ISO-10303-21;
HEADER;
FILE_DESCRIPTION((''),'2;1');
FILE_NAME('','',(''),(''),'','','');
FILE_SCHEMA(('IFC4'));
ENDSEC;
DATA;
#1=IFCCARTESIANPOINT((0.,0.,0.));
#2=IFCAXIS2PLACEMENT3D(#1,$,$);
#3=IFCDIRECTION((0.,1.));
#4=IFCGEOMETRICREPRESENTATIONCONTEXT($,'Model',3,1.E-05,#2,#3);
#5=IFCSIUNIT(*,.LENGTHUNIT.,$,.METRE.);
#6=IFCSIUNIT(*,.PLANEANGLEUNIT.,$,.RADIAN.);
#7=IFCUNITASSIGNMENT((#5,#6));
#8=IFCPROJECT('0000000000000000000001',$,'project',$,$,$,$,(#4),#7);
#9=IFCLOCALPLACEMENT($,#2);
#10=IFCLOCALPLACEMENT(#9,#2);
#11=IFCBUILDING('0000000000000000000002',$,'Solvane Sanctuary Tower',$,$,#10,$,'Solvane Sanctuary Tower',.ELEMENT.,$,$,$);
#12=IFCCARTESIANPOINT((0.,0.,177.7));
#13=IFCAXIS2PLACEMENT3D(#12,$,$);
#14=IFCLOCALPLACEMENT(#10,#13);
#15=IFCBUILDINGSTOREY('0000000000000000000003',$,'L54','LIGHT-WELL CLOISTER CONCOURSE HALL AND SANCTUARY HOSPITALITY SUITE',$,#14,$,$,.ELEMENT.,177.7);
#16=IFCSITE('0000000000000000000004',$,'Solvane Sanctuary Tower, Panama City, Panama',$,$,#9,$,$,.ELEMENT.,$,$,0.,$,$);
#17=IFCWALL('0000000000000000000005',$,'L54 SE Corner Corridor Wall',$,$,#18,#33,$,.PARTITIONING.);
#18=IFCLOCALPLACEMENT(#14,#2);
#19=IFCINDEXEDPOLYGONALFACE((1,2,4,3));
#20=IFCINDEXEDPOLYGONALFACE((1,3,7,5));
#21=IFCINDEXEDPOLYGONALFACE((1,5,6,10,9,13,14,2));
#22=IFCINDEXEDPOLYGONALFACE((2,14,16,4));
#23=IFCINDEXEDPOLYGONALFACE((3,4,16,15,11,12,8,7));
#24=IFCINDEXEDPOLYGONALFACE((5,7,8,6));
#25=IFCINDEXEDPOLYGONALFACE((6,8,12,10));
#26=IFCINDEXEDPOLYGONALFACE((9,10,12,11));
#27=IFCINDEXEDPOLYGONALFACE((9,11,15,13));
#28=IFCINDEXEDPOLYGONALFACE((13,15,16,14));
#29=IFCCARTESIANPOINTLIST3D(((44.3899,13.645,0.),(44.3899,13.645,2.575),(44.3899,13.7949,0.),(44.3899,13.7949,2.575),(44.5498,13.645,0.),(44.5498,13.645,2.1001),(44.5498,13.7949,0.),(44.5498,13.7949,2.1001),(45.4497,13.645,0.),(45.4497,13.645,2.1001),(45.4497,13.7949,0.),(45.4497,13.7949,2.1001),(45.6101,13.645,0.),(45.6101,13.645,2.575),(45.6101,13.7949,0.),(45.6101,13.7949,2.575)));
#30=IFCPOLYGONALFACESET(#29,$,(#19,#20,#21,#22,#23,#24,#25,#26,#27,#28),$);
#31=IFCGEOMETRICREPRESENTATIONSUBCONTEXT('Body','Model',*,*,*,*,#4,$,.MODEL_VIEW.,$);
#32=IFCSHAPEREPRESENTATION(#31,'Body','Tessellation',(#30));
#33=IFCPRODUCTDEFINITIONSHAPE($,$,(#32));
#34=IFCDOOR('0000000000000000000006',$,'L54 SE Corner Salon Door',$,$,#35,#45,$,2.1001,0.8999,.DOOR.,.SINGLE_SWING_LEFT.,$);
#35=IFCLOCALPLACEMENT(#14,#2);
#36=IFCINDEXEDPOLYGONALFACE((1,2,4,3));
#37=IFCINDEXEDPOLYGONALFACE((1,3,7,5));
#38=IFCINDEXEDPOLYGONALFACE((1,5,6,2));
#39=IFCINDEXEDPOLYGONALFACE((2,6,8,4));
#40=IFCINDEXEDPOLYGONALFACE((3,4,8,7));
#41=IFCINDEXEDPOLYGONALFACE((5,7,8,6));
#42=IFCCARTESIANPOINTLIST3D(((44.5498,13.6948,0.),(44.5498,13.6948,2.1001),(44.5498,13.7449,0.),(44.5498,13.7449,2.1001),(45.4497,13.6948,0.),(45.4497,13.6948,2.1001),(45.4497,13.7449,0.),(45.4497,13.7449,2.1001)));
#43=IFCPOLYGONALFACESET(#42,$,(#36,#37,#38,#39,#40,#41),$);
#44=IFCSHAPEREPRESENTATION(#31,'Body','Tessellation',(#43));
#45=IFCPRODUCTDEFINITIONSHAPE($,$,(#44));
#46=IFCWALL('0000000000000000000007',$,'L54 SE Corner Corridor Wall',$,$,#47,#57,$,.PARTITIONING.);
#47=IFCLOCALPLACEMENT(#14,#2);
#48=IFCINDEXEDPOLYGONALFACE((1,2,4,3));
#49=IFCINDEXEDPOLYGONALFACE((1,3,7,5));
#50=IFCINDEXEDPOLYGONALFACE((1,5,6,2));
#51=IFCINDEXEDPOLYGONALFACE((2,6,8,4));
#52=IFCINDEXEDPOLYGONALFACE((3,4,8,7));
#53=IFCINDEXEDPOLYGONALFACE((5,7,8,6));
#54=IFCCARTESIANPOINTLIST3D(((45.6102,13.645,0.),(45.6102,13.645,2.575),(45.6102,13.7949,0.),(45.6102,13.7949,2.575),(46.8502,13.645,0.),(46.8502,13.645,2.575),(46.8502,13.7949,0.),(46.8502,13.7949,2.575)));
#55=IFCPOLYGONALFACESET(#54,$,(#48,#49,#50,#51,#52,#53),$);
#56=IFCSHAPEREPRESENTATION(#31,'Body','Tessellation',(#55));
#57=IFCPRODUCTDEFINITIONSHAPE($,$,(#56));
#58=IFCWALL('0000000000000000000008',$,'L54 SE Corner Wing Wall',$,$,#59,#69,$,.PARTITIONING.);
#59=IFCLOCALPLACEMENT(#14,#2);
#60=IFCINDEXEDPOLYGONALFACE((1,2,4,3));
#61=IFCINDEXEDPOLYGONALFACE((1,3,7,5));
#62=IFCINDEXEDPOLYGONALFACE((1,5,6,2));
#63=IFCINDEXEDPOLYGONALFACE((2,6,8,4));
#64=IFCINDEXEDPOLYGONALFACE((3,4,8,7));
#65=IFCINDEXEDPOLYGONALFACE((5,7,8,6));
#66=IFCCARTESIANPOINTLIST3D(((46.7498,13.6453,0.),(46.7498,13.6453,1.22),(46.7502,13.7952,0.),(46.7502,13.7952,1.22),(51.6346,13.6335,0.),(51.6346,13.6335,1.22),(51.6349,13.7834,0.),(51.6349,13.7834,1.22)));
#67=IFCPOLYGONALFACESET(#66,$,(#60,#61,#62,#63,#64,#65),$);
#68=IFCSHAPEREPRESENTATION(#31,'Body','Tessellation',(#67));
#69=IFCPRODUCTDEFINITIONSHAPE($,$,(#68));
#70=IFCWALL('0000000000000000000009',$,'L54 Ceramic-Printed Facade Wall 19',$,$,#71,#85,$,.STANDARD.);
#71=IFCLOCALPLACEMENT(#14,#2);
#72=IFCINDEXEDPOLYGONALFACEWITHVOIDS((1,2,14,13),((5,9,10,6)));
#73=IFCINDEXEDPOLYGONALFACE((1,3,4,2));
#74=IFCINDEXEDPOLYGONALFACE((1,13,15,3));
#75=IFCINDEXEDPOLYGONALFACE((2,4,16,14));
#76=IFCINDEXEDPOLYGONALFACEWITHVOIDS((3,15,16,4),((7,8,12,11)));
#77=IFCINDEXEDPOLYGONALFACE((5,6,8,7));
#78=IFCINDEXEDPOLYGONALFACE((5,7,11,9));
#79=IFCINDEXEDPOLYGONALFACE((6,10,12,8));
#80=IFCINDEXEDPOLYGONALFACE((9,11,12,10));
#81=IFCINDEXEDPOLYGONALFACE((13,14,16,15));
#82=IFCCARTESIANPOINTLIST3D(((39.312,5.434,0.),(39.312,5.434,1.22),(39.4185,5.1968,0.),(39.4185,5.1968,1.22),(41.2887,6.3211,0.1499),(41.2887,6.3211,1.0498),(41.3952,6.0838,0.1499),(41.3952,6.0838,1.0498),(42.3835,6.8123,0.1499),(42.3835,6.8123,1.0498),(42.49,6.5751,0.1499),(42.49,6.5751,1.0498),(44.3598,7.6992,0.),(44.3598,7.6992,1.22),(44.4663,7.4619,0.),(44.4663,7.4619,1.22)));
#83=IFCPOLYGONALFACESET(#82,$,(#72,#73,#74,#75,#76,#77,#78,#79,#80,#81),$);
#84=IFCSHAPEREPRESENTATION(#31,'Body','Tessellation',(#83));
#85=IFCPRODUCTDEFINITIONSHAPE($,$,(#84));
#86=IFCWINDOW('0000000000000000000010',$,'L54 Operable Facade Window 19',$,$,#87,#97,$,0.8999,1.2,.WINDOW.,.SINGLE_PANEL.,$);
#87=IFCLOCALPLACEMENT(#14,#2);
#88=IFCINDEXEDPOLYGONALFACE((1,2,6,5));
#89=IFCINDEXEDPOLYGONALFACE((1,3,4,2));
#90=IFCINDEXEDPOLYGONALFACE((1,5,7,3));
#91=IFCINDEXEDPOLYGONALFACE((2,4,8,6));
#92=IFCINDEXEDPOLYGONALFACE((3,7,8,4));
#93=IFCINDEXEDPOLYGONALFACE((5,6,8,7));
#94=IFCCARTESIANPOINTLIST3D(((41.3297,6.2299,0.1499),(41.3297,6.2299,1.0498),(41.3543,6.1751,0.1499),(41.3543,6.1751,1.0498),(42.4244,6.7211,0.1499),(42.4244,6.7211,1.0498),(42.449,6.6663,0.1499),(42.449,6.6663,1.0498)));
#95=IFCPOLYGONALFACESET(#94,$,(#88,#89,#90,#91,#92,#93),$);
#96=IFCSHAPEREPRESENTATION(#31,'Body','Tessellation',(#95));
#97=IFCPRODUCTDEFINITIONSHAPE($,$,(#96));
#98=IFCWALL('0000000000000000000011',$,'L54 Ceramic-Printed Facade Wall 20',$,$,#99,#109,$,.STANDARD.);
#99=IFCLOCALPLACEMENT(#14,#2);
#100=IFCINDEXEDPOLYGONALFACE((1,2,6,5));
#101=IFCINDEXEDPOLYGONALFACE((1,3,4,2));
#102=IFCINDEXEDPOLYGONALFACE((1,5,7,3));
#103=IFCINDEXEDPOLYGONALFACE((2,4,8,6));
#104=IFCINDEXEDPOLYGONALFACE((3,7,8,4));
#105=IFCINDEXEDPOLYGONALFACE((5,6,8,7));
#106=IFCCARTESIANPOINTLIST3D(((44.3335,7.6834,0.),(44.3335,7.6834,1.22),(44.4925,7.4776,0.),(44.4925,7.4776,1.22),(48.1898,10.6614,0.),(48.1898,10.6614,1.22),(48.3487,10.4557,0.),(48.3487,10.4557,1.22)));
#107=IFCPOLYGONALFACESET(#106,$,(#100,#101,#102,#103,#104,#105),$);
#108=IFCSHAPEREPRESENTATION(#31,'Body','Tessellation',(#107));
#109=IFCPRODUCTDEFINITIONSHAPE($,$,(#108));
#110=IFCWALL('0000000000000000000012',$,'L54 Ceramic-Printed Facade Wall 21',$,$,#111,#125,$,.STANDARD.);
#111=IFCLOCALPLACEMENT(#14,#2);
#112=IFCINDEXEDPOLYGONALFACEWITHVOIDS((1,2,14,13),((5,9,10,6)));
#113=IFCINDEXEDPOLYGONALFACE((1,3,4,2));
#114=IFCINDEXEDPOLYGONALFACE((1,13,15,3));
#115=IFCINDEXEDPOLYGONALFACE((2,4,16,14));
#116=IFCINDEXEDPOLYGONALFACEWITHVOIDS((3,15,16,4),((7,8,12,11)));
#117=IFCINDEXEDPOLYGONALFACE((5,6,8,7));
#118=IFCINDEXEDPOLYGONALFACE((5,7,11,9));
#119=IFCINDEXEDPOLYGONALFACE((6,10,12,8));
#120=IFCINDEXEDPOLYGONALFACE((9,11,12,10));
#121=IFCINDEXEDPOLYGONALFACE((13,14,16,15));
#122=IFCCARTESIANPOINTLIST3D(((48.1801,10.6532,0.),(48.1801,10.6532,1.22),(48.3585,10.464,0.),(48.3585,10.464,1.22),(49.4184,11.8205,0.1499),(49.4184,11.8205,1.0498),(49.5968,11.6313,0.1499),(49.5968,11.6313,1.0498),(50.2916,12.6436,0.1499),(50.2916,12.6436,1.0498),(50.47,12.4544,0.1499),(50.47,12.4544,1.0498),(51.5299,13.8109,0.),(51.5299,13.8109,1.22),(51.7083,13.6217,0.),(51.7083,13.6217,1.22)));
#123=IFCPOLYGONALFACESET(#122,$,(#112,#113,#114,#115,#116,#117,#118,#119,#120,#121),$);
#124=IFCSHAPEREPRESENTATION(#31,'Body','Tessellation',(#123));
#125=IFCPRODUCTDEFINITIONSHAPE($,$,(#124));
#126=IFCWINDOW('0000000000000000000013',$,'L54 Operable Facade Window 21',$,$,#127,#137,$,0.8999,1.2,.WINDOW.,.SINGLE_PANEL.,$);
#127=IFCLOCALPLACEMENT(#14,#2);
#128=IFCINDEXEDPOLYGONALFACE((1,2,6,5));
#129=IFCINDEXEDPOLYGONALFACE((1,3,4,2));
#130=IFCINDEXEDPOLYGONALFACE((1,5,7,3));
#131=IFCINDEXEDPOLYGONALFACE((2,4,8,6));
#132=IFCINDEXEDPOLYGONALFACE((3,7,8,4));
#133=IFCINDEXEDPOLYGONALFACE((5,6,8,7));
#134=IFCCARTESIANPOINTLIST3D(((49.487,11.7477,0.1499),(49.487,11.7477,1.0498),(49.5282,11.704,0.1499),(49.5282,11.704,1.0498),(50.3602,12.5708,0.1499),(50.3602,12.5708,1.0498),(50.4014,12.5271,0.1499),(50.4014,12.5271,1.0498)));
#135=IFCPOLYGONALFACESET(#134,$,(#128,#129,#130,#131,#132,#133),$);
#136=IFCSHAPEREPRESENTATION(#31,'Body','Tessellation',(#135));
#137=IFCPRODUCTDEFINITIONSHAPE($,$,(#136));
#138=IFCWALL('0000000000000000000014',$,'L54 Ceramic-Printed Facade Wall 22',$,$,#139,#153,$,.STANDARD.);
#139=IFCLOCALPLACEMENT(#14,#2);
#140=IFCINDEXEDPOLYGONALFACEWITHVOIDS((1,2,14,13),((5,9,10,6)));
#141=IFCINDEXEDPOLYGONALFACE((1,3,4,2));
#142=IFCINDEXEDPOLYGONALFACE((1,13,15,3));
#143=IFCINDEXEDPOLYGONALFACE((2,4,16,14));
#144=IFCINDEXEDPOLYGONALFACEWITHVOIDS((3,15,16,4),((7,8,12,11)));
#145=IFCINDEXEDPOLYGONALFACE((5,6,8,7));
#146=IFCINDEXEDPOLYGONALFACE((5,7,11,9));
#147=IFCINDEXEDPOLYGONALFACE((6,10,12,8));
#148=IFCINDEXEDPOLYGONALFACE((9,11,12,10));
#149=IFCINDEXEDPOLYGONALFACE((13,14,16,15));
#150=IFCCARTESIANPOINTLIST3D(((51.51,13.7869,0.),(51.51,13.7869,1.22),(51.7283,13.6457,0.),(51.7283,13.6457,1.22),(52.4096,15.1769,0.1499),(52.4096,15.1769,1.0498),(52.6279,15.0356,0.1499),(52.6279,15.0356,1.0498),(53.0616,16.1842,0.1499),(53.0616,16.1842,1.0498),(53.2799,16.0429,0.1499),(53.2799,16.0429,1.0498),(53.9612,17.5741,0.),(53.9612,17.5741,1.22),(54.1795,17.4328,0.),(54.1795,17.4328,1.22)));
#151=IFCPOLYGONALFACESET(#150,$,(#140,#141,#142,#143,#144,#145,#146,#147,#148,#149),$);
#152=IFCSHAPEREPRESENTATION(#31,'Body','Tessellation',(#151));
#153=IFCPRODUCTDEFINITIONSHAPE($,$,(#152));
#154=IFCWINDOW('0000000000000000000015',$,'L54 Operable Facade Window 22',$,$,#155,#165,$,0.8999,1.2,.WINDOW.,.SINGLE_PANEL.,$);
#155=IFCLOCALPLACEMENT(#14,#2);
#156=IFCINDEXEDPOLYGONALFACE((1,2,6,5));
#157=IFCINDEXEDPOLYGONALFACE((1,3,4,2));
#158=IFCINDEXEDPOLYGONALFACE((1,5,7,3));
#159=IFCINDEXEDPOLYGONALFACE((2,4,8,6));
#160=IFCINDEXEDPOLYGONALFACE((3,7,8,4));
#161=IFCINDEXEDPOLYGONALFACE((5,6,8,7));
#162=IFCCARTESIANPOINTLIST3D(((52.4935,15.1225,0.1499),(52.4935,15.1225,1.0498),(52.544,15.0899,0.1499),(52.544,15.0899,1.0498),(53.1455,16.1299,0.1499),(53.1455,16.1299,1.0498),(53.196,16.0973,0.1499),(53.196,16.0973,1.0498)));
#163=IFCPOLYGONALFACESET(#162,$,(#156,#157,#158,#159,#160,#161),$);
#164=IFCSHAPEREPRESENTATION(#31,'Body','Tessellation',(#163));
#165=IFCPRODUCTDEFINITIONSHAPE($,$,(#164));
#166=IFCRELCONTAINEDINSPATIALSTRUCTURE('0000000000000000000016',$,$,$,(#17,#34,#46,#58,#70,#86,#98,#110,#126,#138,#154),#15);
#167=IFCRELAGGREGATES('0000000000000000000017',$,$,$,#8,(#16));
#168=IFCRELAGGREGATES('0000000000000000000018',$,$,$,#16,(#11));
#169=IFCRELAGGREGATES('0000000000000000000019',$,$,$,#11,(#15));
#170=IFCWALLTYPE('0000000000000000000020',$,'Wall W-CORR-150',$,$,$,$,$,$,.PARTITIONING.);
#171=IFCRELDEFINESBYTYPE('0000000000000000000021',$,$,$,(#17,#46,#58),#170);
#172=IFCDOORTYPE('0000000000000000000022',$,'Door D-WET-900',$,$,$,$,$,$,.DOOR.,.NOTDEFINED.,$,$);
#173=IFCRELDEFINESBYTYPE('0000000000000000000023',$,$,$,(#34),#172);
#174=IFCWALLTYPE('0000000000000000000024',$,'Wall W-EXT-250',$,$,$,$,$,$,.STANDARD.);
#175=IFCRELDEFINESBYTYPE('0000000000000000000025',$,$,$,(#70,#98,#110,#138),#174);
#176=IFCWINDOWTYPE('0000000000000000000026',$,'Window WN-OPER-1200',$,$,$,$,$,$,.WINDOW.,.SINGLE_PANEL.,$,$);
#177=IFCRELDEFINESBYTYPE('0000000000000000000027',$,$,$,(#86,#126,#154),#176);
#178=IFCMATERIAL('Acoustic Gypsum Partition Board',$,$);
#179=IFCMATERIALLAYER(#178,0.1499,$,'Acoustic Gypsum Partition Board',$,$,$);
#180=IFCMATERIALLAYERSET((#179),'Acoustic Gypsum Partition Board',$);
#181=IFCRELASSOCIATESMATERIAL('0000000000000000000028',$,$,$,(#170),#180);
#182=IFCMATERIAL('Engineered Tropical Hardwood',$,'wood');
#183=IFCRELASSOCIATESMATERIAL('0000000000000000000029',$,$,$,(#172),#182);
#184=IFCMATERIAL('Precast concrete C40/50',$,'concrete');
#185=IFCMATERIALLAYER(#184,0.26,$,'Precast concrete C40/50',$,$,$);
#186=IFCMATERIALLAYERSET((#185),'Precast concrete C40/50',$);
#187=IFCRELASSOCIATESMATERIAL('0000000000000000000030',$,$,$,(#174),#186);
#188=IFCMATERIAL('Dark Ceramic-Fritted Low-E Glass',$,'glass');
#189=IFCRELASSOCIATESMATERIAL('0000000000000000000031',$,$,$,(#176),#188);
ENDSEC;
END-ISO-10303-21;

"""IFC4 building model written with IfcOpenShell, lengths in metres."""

from ifc_helpers import new_model, si_unit, direction, frame, frame_2d, origin, place, context, subcontext, project, spatial, rectangle, extrude, material, layer, layer_set, type_object, element, fill, save


model = new_model("IFC4")

# Units and contexts
model_context = context("Model", 3, precision=1e-05, world=origin(), true_north=direction((0.0, 1.0)))
body_context = subcontext(model_context, "Body", "Model", "MODEL_VIEW")
ifc_project = project(units=[si_unit("LENGTHUNIT", "METRE"), si_unit("PLANEANGLEUNIT", "RADIAN")], contexts=[model_context])

# Site, building, storey
site_placement = place(None, origin())
site = spatial("IfcSite", under=ifc_project, at=site_placement, Name="Solvane Sanctuary Tower, Panama City, Panama", CompositionType="ELEMENT", RefElevation=0.0)
building_placement = place(site_placement, origin())
building = spatial("IfcBuilding", under=site, at=building_placement, Name="Solvane Sanctuary Tower", LongName="Solvane Sanctuary Tower", CompositionType="ELEMENT")
storey_placement = place(building_placement, frame((0.0, 0.0, 177.7)))
storey = spatial("IfcBuildingStorey", under=building, at=storey_placement, Name="L54", Description="LIGHT-WELL CLOISTER CONCOURSE HALL AND SANCTUARY HOSPITALITY SUITE", CompositionType="ELEMENT", Elevation=177.7)

# Shared definitions
ifc_material_1 = material(Name="Acoustic Gypsum Partition Board")
ifc_layer_1 = layer(ifc_material_1, 0.1499, Name="Acoustic Gypsum Partition Board")
ifc_layer_set_1 = layer_set([ifc_layer_1], Name="Acoustic Gypsum Partition Board")
wall_type_1 = type_object("IfcWallType", Name="Wall W-CORR-150", PredefinedType="PARTITIONING", material=ifc_layer_set_1)

# Wall, opening, door
wall_1_placement = place(storey_placement, frame((44.3899, 13.72, 0.0), z_axis=(0.0, 0.0, 1.0), x_axis=(1.0, 0.0, 0.0)))
wall_1 = element("IfcWall", 1, at=wall_1_placement, inside=storey, type_object=wall_type_1, Name="L54 SE Corner Corridor Wall", PredefinedType="PARTITIONING", context=body_context, shape_type="SweptSolid", body=[
    extrude(rectangle(XDim=1.2202, YDim=0.1499, at=frame_2d((0.6101, 0.0))), origin(), (0.0, 0.0, 1.0), 2.575),
])
opening_1_placement = place(wall_1_placement, frame((0.1599, 0.0, 0.0)))
opening_1 = element("IfcOpeningElement", 2, at=opening_1_placement, cuts=wall_1, PredefinedType="OPENING", context=body_context, shape_type="SweptSolid", body=[
    extrude(rectangle(XDim=0.8999, YDim=2.1001, at=frame_2d((0.45, 1.05))), frame((0.0, 0.085, 0.0), z_axis=(0.0, -1.0, 0.0), x_axis=(1.0, 0.0, 0.0)), (0.0, 0.0, 1.0), 0.1699),
])
ifc_material_2 = material(Name="Engineered Tropical Hardwood", Category="wood")
door_type = type_object("IfcDoorType", Name="Door D-WET-900", OperationType="NOTDEFINED", PredefinedType="DOOR", material=ifc_material_2)
door_placement = place(opening_1_placement, origin())
door = element("IfcDoor", 3, at=door_placement, inside=storey, type_object=door_type, Name="L54 SE Corner Salon Door", OperationType="SINGLE_SWING_LEFT", OverallHeight=2.1001, OverallWidth=0.8999, PredefinedType="DOOR", context=body_context, shape_type="SweptSolid", body=[
    extrude(rectangle(XDim=0.8999, YDim=2.1001, at=frame_2d((0.45, 1.05))), frame((0.0, 0.0249, 0.0), z_axis=(0.0, -1.0, 0.0), x_axis=(1.0, 0.0, 0.0)), (0.0, 0.0, 1.0), 0.05),
])
fill(opening_1, door)

# Walls
wall_2_placement = place(storey_placement, frame((45.6101, 13.72, 0.0), z_axis=(0.0, 0.0, 1.0), x_axis=(1.0, 0.0, 0.0)))
element("IfcWall", 4, at=wall_2_placement, inside=storey, type_object=wall_type_1, Name="L54 SE Corner Corridor Wall", PredefinedType="PARTITIONING", context=body_context, shape_type="SweptSolid", body=[
    extrude(rectangle(XDim=1.24, YDim=0.1499, at=frame_2d((0.6201, 0.0))), origin(), (0.0, 0.0, 1.0), 2.575),
])
wall_3_placement = place(storey_placement, frame((46.75, 13.7202, 0.0), z_axis=(0.0, 0.0, 1.0), x_axis=(0.999997, -0.002399, 0.0)))
element("IfcWall", 5, at=wall_3_placement, inside=storey, type_object=wall_type_1, Name="L54 SE Corner Wing Wall", PredefinedType="PARTITIONING", context=body_context, shape_type="SweptSolid", body=[
    extrude(rectangle(XDim=4.8848, YDim=0.1499, at=frame_2d((2.4424, 0.0))), origin(), (0.0, 0.0, 1.0), 1.22),
])

# Wall, opening, window
ifc_material_3 = material(Name="Precast concrete C40/50", Category="concrete")
ifc_layer_2 = layer(ifc_material_3, 0.26, Name="Precast concrete C40/50")
ifc_layer_set_2 = layer_set([ifc_layer_2], Name="Precast concrete C40/50")
wall_type_2 = type_object("IfcWallType", Name="Wall W-EXT-250", PredefinedType="STANDARD", material=ifc_layer_set_2)
wall_4_placement = place(storey_placement, frame((39.3652, 5.3154, 0.0), z_axis=(0.0, 0.0, 1.0), x_axis=(0.912354, 0.409403, 0.0)))
wall_4 = element("IfcWall", 6, at=wall_4_placement, inside=storey, type_object=wall_type_2, Name="L54 Ceramic-Printed Facade Wall 19", PredefinedType="STANDARD", context=body_context, shape_type="SweptSolid", body=[
    extrude(rectangle(XDim=5.5327, YDim=0.26, at=frame_2d((2.7664, 0.0))), origin(), (0.0, 0.0, 1.0), 1.22),
])
opening_2_placement = place(wall_4_placement, frame((2.1665, 0.0, 0.1499)))
opening_2 = element("IfcOpeningElement", 7, at=opening_2_placement, cuts=wall_4, PredefinedType="OPENING", context=body_context, shape_type="SweptSolid", body=[
    extrude(rectangle(XDim=1.2, YDim=0.8999, at=frame_2d((0.6001, 0.45))), frame((0.0, 0.1399, 0.0), z_axis=(0.0, -1.0, 0.0), x_axis=(1.0, 0.0, 0.0)), (0.0, 0.0, 1.0), 0.28),
])
ifc_material_4 = material(Name="Dark Ceramic-Fritted Low-E Glass", Category="glass")
window_type = type_object("IfcWindowType", Name="Window WN-OPER-1200", PartitioningType="SINGLE_PANEL", PredefinedType="WINDOW", material=ifc_material_4)
window_1_placement = place(opening_2_placement, origin())
window_1 = element("IfcWindow", 8, at=window_1_placement, inside=storey, type_object=window_type, Name="L54 Operable Facade Window 19", OverallHeight=0.8999, OverallWidth=1.2, PartitioningType="SINGLE_PANEL", PredefinedType="WINDOW", context=body_context, shape_type="SweptSolid", body=[
    extrude(rectangle(XDim=1.2, YDim=0.8999, at=frame_2d((0.6001, 0.45))), frame((0.0, 0.03, 0.0), z_axis=(0.0, -1.0, 0.0), x_axis=(1.0, 0.0, 0.0)), (0.0, 0.0, 1.0), 0.0601),
])
fill(opening_2, window_1)

# Wall
wall_5_placement = place(storey_placement, frame((44.4131, 7.5806, 0.0), z_axis=(0.0, 0.0, 1.0), x_axis=(0.79146, 0.611221, 0.0)))
element("IfcWall", 9, at=wall_5_placement, inside=storey, type_object=wall_type_2, Name="L54 Ceramic-Printed Facade Wall 20", PredefinedType="STANDARD", context=body_context, shape_type="SweptSolid", body=[
    extrude(rectangle(XDim=4.8723, YDim=0.26, at=frame_2d((2.436, 0.0))), origin(), (0.0, 0.0, 1.0), 1.22),
])

# Walls, openings, windows
wall_6_placement = place(storey_placement, frame((48.2693, 10.5586, 0.0), z_axis=(0.0, 0.0, 1.0), x_axis=(0.727667, 0.68593, 0.0)))
wall_6 = element("IfcWall", 10, at=wall_6_placement, inside=storey, type_object=wall_type_2, Name="L54 Ceramic-Printed Facade Wall 21", PredefinedType="STANDARD", context=body_context, shape_type="SweptSolid", body=[
    extrude(rectangle(XDim=4.6035, YDim=0.26, at=frame_2d((2.3018, 0.0))), origin(), (0.0, 0.0, 1.0), 1.22),
])
opening_3_placement = place(wall_6_placement, frame((1.7017, 0.0, 0.1499)))
opening_3 = element("IfcOpeningElement", 11, at=opening_3_placement, cuts=wall_6, PredefinedType="OPENING", context=body_context, shape_type="SweptSolid", body=[
    extrude(rectangle(XDim=1.2, YDim=0.8999, at=frame_2d((0.6001, 0.45))), frame((0.0, 0.1399, 0.0), z_axis=(0.0, -1.0, 0.0), x_axis=(1.0, 0.0, 0.0)), (0.0, 0.0, 1.0), 0.28),
])
window_2_placement = place(opening_3_placement, origin())
window_2 = element("IfcWindow", 12, at=window_2_placement, inside=storey, type_object=window_type, Name="L54 Operable Facade Window 21", OverallHeight=0.8999, OverallWidth=1.2, PartitioningType="SINGLE_PANEL", PredefinedType="WINDOW", context=body_context, shape_type="SweptSolid", body=[
    extrude(rectangle(XDim=1.2, YDim=0.8999, at=frame_2d((0.6001, 0.45))), frame((0.0, 0.03, 0.0), z_axis=(0.0, -1.0, 0.0), x_axis=(1.0, 0.0, 0.0)), (0.0, 0.0, 1.0), 0.0601),
])
fill(opening_3, window_2)
wall_7_placement = place(storey_placement, frame((51.6191, 13.7163, 0.0), z_axis=(0.0, 0.0, 1.0), x_axis=(0.543359, 0.8395, 0.0)))
wall_7 = element("IfcWall", 13, at=wall_7_placement, inside=storey, type_object=wall_type_2, Name="L54 Ceramic-Printed Facade Wall 22", PredefinedType="STANDARD", context=body_context, shape_type="SweptSolid", body=[
    extrude(rectangle(XDim=4.5112, YDim=0.26, at=frame_2d((2.2556, 0.0))), origin(), (0.0, 0.0, 1.0), 1.22),
])
opening_4_placement = place(wall_7_placement, frame((1.6555, 0.0, 0.1499)))
opening_4 = element("IfcOpeningElement", 14, at=opening_4_placement, cuts=wall_7, PredefinedType="OPENING", context=body_context, shape_type="SweptSolid", body=[
    extrude(rectangle(XDim=1.2, YDim=0.8999, at=frame_2d((0.6001, 0.45))), frame((0.0, 0.1399, 0.0), z_axis=(0.0, -1.0, 0.0), x_axis=(1.0, 0.0, 0.0)), (0.0, 0.0, 1.0), 0.28),
])
window_3_placement = place(opening_4_placement, origin())
window_3 = element("IfcWindow", 15, at=window_3_placement, inside=storey, type_object=window_type, Name="L54 Operable Facade Window 22", OverallHeight=0.8999, OverallWidth=1.2, PartitioningType="SINGLE_PANEL", PredefinedType="WINDOW", context=body_context, shape_type="SweptSolid", body=[
    extrude(rectangle(XDim=1.2, YDim=0.8999, at=frame_2d((0.6001, 0.45))), frame((0.0, 0.03, 0.0), z_axis=(0.0, -1.0, 0.0), x_axis=(1.0, 0.0, 0.0)), (0.0, 0.0, 1.0), 0.0601),
])
fill(opening_4, window_3)

save(model, "model.ifc")
